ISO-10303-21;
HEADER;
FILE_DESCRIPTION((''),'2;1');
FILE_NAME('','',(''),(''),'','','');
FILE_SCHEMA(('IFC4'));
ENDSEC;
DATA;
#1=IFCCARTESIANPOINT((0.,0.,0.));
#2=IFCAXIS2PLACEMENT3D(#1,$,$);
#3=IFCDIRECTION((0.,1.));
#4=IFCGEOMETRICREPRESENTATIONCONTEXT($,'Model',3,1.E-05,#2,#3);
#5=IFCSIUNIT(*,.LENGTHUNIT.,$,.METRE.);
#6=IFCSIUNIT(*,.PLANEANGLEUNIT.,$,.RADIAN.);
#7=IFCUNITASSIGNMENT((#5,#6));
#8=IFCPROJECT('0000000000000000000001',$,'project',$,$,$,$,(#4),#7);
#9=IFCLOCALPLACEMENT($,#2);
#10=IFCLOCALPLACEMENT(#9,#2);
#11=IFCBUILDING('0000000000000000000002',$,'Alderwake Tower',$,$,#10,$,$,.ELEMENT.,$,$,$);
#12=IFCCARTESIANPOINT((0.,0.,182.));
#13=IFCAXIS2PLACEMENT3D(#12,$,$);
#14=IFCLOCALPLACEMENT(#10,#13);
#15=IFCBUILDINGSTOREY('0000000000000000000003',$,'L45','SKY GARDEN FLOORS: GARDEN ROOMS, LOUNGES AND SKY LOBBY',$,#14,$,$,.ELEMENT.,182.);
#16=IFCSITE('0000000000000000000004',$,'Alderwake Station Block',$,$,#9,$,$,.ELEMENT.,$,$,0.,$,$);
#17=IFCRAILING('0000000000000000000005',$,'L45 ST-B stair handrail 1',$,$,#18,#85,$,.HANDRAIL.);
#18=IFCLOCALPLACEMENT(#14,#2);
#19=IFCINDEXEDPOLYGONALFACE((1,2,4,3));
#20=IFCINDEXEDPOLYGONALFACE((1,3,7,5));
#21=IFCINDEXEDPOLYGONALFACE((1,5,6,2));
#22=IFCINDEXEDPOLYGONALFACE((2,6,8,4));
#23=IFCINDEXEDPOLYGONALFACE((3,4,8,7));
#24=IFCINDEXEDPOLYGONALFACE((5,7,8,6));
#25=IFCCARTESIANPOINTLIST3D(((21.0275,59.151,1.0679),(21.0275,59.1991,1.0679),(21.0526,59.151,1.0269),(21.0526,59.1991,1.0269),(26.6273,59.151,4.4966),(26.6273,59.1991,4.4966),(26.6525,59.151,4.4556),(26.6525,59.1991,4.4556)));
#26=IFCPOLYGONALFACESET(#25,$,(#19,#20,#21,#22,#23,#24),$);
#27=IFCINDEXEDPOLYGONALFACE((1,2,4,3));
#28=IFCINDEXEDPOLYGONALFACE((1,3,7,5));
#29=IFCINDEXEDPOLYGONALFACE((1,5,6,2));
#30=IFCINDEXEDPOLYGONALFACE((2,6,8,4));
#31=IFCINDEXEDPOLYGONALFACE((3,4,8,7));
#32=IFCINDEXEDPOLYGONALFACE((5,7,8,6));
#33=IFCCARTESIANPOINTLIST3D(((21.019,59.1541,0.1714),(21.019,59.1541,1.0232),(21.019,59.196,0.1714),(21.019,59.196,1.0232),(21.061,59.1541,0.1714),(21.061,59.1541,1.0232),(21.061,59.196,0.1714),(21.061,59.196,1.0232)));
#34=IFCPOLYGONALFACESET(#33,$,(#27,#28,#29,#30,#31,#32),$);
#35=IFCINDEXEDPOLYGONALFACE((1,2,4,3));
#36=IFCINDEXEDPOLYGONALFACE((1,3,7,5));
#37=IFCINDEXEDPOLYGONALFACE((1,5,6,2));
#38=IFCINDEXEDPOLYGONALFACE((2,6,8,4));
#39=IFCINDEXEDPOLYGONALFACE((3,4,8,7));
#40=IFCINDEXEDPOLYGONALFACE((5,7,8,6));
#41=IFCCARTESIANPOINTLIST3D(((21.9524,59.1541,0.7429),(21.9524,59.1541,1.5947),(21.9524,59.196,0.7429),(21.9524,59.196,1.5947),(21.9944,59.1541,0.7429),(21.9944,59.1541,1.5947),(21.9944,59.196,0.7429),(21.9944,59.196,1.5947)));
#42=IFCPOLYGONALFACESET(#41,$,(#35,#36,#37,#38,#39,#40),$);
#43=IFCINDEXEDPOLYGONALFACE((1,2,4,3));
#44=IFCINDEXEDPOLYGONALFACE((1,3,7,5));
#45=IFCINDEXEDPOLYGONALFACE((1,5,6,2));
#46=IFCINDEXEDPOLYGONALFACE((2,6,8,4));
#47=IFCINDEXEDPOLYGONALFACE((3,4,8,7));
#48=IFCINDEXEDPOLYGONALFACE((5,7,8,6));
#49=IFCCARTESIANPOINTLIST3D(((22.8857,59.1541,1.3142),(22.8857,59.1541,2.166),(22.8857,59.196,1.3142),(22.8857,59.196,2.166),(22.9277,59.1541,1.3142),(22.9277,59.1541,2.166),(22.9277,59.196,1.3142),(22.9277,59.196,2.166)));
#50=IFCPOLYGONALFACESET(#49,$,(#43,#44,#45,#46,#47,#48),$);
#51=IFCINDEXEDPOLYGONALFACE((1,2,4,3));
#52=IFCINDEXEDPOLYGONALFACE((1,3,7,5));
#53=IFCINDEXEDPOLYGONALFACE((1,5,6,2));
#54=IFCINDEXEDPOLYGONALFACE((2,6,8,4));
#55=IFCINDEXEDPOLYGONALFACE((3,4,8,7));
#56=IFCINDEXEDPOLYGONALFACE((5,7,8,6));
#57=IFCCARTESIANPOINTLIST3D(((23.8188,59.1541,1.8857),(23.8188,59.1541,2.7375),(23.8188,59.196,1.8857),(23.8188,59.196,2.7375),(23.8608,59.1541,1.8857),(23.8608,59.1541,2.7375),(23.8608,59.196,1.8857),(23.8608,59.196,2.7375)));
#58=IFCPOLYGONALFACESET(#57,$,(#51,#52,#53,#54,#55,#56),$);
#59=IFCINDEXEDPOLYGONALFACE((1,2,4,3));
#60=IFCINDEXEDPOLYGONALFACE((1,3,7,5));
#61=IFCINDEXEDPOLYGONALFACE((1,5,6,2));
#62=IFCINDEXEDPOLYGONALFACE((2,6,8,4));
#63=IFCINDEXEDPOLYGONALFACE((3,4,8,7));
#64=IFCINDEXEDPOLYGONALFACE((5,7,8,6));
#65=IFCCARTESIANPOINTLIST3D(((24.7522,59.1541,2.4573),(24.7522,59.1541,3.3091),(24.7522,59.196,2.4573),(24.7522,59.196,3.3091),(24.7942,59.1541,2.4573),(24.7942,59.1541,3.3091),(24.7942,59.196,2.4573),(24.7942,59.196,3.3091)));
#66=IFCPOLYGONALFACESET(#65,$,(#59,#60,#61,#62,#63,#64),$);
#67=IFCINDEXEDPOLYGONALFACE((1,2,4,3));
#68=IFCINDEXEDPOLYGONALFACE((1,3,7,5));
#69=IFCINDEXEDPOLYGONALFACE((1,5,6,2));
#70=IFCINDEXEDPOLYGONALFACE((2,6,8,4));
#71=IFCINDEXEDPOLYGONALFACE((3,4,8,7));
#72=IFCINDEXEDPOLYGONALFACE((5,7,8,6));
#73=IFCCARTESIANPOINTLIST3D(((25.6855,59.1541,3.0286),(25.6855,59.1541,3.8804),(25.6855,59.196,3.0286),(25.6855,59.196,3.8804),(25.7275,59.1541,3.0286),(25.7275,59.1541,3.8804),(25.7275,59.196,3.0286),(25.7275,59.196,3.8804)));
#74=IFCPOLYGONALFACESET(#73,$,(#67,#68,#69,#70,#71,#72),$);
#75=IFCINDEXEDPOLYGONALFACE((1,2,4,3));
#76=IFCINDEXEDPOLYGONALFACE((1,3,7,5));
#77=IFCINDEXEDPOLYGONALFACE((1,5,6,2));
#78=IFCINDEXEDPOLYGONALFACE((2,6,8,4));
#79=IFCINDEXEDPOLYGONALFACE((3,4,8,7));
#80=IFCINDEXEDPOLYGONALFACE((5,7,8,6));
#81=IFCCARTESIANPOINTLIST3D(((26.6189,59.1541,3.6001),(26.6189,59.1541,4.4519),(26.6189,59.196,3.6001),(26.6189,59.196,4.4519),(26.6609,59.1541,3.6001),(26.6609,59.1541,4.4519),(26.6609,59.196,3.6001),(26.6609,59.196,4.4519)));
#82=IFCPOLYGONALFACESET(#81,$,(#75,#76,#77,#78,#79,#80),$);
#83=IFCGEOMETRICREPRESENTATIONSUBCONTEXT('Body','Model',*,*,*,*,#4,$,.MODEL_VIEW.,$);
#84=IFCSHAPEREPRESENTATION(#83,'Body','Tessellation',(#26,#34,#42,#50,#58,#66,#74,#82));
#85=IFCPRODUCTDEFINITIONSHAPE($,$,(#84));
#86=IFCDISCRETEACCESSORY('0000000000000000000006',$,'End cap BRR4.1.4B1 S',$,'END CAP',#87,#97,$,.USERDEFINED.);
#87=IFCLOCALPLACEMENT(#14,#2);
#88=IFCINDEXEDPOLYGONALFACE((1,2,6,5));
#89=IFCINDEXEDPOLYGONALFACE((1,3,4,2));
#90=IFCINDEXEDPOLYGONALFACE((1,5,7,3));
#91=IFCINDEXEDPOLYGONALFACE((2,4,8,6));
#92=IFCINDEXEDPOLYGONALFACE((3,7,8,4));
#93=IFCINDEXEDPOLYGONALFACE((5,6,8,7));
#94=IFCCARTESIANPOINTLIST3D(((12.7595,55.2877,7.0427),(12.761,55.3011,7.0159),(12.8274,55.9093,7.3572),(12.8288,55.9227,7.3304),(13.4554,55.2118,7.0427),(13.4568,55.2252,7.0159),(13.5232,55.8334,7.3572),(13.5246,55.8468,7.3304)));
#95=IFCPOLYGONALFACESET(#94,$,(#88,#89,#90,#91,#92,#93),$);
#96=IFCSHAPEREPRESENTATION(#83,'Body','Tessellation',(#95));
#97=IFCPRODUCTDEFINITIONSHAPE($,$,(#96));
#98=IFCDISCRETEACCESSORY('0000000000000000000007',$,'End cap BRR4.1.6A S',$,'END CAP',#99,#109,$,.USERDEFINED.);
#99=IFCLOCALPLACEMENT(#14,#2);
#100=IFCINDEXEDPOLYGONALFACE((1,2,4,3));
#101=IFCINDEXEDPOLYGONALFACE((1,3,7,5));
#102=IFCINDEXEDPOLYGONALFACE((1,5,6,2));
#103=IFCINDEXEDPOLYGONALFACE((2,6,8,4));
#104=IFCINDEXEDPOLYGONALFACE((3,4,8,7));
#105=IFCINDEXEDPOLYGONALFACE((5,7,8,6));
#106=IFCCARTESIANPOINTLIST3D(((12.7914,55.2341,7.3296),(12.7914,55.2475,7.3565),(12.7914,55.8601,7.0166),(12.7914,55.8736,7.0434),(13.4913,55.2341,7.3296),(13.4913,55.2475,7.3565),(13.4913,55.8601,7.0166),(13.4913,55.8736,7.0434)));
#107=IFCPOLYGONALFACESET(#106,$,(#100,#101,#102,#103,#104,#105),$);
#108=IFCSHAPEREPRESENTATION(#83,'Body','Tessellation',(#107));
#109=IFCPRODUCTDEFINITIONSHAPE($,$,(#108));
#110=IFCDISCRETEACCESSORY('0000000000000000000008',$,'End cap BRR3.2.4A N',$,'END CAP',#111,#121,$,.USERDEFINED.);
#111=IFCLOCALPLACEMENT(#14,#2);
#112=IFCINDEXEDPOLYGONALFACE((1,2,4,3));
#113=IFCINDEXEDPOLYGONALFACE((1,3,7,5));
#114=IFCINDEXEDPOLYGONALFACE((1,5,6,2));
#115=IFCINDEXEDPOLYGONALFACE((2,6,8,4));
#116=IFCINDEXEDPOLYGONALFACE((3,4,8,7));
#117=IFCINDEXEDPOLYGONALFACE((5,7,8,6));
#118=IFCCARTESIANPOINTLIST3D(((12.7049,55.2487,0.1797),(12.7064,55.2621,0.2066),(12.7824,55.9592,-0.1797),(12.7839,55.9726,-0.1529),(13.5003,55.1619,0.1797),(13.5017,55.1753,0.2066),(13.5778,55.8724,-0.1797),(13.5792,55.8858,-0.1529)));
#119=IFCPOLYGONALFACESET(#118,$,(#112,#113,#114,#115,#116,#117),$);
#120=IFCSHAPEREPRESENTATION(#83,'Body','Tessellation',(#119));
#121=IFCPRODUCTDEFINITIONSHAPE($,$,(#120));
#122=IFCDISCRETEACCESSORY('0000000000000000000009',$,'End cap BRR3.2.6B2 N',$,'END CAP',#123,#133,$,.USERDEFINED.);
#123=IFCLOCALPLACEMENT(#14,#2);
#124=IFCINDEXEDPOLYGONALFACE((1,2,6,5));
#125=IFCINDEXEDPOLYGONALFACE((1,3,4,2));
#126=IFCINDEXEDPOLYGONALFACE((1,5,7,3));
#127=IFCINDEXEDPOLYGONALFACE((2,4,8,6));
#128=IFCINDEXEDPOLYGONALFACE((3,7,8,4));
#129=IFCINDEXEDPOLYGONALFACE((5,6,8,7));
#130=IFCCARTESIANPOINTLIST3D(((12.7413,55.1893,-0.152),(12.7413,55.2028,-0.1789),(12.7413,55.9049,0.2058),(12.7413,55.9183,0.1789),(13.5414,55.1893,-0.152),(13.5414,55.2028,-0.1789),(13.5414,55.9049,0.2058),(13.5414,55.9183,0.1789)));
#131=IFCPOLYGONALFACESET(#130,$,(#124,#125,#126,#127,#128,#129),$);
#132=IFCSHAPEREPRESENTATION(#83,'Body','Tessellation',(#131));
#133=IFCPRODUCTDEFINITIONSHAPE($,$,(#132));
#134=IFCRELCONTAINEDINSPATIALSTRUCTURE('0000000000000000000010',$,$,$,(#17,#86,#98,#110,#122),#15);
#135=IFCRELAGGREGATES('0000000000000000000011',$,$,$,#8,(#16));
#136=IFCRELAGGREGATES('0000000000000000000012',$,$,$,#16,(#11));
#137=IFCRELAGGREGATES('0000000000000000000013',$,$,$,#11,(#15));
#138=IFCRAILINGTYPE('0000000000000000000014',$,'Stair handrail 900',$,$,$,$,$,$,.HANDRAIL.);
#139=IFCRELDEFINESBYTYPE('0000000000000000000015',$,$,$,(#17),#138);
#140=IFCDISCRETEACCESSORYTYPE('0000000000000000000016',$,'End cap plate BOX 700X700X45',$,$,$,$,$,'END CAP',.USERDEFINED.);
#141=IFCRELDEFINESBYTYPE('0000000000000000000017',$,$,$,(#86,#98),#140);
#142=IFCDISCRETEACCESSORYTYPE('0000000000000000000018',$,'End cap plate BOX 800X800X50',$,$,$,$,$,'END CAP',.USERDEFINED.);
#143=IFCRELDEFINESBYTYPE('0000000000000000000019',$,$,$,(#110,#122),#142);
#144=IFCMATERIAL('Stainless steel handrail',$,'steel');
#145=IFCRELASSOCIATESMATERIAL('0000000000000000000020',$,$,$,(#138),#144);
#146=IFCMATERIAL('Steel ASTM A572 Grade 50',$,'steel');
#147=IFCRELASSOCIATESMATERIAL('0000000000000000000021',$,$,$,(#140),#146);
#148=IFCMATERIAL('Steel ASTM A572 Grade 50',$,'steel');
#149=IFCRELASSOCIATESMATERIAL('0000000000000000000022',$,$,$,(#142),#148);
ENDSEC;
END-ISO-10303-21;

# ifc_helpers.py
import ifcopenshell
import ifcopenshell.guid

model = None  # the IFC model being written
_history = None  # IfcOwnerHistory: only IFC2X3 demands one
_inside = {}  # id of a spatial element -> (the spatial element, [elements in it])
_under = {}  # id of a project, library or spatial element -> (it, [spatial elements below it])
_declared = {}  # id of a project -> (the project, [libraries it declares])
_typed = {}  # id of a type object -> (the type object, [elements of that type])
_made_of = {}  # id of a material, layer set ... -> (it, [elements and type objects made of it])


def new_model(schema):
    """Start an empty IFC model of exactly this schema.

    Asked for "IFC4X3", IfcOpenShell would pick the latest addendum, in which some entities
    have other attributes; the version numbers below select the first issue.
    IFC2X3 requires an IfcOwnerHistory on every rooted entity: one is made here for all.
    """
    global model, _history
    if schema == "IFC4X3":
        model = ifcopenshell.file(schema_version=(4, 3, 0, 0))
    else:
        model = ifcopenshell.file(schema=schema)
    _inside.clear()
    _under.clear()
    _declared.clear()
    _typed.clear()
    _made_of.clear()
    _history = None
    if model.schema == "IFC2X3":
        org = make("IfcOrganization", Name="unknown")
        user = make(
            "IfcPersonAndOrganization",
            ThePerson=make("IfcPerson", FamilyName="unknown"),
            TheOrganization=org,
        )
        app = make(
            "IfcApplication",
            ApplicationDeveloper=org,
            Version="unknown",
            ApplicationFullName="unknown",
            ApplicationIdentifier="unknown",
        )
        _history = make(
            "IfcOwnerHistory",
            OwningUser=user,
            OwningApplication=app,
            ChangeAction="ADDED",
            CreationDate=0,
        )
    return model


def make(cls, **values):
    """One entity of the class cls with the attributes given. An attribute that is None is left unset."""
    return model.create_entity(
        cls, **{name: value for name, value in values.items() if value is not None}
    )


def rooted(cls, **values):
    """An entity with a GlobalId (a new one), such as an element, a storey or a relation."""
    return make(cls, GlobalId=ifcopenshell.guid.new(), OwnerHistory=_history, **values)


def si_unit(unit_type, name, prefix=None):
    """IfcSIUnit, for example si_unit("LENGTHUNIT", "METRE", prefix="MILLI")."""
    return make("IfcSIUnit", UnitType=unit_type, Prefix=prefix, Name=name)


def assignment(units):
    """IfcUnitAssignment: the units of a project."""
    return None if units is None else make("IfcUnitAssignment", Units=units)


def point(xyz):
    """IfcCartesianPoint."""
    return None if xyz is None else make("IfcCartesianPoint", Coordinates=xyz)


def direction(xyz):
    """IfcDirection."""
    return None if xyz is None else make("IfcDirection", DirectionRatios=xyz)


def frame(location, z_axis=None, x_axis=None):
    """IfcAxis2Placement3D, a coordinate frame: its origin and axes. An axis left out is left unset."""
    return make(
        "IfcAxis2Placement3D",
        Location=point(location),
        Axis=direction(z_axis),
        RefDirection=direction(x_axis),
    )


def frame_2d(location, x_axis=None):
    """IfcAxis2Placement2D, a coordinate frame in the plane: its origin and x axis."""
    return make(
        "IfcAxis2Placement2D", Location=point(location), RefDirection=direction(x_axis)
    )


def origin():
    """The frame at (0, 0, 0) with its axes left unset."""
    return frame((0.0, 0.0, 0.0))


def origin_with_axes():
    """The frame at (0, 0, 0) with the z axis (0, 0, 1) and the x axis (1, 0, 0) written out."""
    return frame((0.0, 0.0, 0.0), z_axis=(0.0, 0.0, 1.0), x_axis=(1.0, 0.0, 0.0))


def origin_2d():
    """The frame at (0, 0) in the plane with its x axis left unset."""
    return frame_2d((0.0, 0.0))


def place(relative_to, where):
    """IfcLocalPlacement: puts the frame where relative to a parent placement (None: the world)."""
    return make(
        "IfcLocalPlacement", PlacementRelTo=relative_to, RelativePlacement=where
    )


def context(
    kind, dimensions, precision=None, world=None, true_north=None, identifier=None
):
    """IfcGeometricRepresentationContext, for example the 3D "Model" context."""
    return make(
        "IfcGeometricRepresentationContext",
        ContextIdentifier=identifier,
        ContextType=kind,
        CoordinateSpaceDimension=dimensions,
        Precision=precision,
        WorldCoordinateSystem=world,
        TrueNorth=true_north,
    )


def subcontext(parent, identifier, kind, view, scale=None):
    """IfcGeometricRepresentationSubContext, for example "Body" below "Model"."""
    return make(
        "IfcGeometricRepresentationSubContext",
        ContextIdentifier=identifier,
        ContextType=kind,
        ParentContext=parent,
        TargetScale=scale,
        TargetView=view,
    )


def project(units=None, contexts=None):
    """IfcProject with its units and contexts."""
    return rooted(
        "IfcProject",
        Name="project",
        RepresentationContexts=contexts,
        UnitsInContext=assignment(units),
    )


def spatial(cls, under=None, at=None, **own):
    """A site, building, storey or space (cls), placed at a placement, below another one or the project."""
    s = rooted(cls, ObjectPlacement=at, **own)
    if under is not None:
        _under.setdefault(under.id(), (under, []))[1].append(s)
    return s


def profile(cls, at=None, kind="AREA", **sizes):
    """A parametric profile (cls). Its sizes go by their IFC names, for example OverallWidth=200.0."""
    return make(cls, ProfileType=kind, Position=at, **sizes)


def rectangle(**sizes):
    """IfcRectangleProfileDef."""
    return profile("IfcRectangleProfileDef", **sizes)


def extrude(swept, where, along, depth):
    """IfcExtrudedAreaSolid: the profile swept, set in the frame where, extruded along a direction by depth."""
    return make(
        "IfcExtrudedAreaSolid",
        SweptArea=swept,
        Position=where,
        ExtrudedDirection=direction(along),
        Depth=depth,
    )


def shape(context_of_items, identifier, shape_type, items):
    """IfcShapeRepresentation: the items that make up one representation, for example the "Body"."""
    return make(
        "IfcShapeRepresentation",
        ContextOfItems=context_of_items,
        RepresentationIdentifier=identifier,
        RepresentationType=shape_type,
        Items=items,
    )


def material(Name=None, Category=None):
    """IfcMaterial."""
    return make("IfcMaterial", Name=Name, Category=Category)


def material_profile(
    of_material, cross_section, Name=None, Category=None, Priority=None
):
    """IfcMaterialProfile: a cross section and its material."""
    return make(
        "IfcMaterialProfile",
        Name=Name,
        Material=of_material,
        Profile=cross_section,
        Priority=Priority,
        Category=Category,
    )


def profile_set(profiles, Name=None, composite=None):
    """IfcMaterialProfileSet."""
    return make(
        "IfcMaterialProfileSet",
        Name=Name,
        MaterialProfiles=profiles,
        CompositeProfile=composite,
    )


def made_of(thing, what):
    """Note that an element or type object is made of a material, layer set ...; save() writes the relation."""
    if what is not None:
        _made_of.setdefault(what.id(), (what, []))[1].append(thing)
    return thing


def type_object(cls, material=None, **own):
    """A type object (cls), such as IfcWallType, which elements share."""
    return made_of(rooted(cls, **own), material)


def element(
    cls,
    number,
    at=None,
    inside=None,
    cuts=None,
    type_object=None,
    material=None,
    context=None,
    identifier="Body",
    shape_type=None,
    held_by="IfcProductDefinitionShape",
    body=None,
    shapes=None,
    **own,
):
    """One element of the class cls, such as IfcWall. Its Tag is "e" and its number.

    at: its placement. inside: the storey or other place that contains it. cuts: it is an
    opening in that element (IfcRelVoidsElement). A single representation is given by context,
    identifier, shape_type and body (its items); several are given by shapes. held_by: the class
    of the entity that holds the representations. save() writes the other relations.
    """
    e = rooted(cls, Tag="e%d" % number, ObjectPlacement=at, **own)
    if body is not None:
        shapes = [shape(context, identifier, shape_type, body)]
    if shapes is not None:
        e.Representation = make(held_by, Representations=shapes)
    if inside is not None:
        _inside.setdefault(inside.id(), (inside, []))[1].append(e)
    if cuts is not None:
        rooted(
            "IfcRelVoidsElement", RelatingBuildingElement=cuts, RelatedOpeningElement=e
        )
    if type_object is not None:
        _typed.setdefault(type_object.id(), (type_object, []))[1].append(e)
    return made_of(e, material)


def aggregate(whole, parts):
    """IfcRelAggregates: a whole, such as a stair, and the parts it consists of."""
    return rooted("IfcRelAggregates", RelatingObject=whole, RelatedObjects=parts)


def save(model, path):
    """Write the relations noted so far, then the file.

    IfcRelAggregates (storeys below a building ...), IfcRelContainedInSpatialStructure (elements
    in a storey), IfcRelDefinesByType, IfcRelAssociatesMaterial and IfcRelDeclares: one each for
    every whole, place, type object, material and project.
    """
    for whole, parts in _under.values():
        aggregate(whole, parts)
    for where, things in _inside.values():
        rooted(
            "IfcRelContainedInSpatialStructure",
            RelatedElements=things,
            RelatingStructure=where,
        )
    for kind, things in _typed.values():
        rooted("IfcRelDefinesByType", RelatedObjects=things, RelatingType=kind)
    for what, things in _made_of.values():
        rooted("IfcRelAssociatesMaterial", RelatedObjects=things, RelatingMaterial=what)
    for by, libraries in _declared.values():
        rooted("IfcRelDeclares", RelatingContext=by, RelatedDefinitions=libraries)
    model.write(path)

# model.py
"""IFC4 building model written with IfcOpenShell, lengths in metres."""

from ifc_helpers import new_model, si_unit, direction, frame, origin, origin_with_axes, origin_2d, place, context, subcontext, project, spatial, rectangle, extrude, material, material_profile, profile_set, type_object, element, save


model = new_model("IFC4")

# Units and contexts
model_context = context("Model", 3, precision=1e-05, world=origin(), true_north=direction((0.0, 1.0)))
body_context = subcontext(model_context, "Body", "Model", "MODEL_VIEW")
ifc_project = project(units=[si_unit("LENGTHUNIT", "METRE"), si_unit("PLANEANGLEUNIT", "RADIAN")], contexts=[model_context])

# Site, building, storey
site_placement = place(None, origin())
site = spatial("IfcSite", under=ifc_project, at=site_placement, Name="Alderwake Station Block", CompositionType="ELEMENT", RefElevation=0.0)
building_placement = place(site_placement, origin())
building = spatial("IfcBuilding", under=site, at=building_placement, Name="Alderwake Tower", CompositionType="ELEMENT")
storey_placement = place(building_placement, frame((0.0, 0.0, 182.0)))
storey = spatial("IfcBuildingStorey", under=building, at=storey_placement, Name="L45", Description="SKY GARDEN FLOORS: GARDEN ROOMS, LOUNGES AND SKY LOBBY", CompositionType="ELEMENT", Elevation=182.0)

# Railing
ifc_material_1 = material(Name="Stainless steel handrail", Category="steel")
railing_type_1 = type_object("IfcRailingType", Name="Stair handrail 900", PredefinedType="HANDRAIL", material=ifc_material_1)
railing_1_placement = place(storey_placement, frame((21.04, 59.175, 0.1714)))
element("IfcRailing", 1, at=railing_1_placement, inside=storey, type_object=railing_type_1, Name="L45 ST-B stair handrail 1", PredefinedType="HANDRAIL", context=body_context, shape_type="SweptSolid", body=[
    extrude(rectangle(XDim=0.0481, YDim=0.0481, at=origin_2d()), frame((0.0, 0.0, 0.876), z_axis=(0.852836, 0.0, 0.522179), x_axis=(0.0, 1.0, 0.0)), (0.0, 0.0, 1.0), 6.5662),
    extrude(rectangle(XDim=0.042, YDim=0.042, at=origin_2d()), origin_with_axes(), (0.0, 0.0, 1.0), 0.8518),
    extrude(rectangle(XDim=0.042, YDim=0.042, at=origin_2d()), frame((0.9333, 0.0, 0.5715), z_axis=(0.0, 0.0, 1.0), x_axis=(1.0, 0.0, 0.0)), (0.0, 0.0, 1.0), 0.8518),
    extrude(rectangle(XDim=0.042, YDim=0.042, at=origin_2d()), frame((1.8667, 0.0, 1.1428), z_axis=(0.0, 0.0, 1.0), x_axis=(1.0, 0.0, 0.0)), (0.0, 0.0, 1.0), 0.8518),
    extrude(rectangle(XDim=0.042, YDim=0.042, at=origin_2d()), frame((2.7998, 0.0, 1.7144), z_axis=(0.0, 0.0, 1.0), x_axis=(1.0, 0.0, 0.0)), (0.0, 0.0, 1.0), 0.8518),
    extrude(rectangle(XDim=0.042, YDim=0.042, at=origin_2d()), frame((3.7332, 0.0, 2.2859), z_axis=(0.0, 0.0, 1.0), x_axis=(1.0, 0.0, 0.0)), (0.0, 0.0, 1.0), 0.8518),
    extrude(rectangle(XDim=0.042, YDim=0.042, at=origin_2d()), frame((4.6665, 0.0, 2.8572), z_axis=(0.0, 0.0, 1.0), x_axis=(1.0, 0.0, 0.0)), (0.0, 0.0, 1.0), 0.8518),
    extrude(rectangle(XDim=0.042, YDim=0.042, at=origin_2d()), frame((5.5999, 0.0, 3.4287), z_axis=(0.0, 0.0, 1.0), x_axis=(1.0, 0.0, 0.0)), (0.0, 0.0, 1.0), 0.8518),
])

# Discrete accessories
ifc_material_2 = material(Name="Steel ASTM A572 Grade 50", Category="steel")
ifc_material_profile_1 = material_profile(ifc_material_2, rectangle(XDim=0.7, YDim=0.7, at=origin_2d()), Name="BOX 700X700X45 cap")
ifc_profile_set_1 = profile_set([ifc_material_profile_1], Name="Steel ASTM A572 Grade 50")
discrete_accessory_type_1 = type_object("IfcDiscreteAccessoryType", Name="End cap plate BOX 700X700X45", ElementType="END CAP", PredefinedType="USERDEFINED", material=ifc_profile_set_1)
for number, where, z_axis, x_axis, name in (
    (2, (13.1414, 55.5605, 7.2), (0.048729, 0.446682, -0.893365), (-0.994102, 0.108448, 0.0), "End cap BRR4.1.4B1 S"),
    (3, (13.1414, 55.5605, 7.2), (0.0, -0.447214, -0.894427), (1.0, 0.0, 0.0), "End cap BRR4.1.6A S"),
):
    element("IfcDiscreteAccessory", number, at=place(storey_placement, frame(where, z_axis=z_axis, x_axis=x_axis)), inside=storey, type_object=discrete_accessory_type_1, Name=name, ObjectType="END CAP", PredefinedType="USERDEFINED", context=body_context, shape_type="SweptSolid", body=[
        extrude(rectangle(XDim=0.7, YDim=0.7, at=origin_2d()), origin(), (0.0, 0.0, 1.0), 0.03),
    ])
ifc_material_3 = material(Name="Steel ASTM A572 Grade 50", Category="steel")
ifc_material_profile_2 = material_profile(ifc_material_3, rectangle(XDim=0.8, YDim=0.8, at=origin_2d()), Name="BOX 800X800X50 cap")
ifc_profile_set_2 = profile_set([ifc_material_profile_2], Name="Steel ASTM A572 Grade 50")
discrete_accessory_type_2 = type_object("IfcDiscreteAccessoryType", Name="End cap plate BOX 800X800X50", ElementType="END CAP", PredefinedType="USERDEFINED", material=ifc_profile_set_2)
for number, where, z_axis, x_axis, name in (
    (4, (13.1414, 55.5605, 0.0), (0.048729, 0.446682, 0.893365), (-0.994102, 0.108448, 0.0), "End cap BRR3.2.4A N"),
    (5, (13.1414, 55.5605, 0.0), (0.0, -0.447214, 0.894427), (1.0, 0.0, 0.0), "End cap BRR3.2.6B2 N"),
):
    element("IfcDiscreteAccessory", number, at=place(storey_placement, frame(where, z_axis=z_axis, x_axis=x_axis)), inside=storey, type_object=discrete_accessory_type_2, Name=name, ObjectType="END CAP", PredefinedType="USERDEFINED", context=body_context, shape_type="SweptSolid", body=[
        extrude(rectangle(XDim=0.8, YDim=0.8, at=origin_2d()), origin(), (0.0, 0.0, 1.0), 0.03),
    ])

save(model, "model.ifc")
